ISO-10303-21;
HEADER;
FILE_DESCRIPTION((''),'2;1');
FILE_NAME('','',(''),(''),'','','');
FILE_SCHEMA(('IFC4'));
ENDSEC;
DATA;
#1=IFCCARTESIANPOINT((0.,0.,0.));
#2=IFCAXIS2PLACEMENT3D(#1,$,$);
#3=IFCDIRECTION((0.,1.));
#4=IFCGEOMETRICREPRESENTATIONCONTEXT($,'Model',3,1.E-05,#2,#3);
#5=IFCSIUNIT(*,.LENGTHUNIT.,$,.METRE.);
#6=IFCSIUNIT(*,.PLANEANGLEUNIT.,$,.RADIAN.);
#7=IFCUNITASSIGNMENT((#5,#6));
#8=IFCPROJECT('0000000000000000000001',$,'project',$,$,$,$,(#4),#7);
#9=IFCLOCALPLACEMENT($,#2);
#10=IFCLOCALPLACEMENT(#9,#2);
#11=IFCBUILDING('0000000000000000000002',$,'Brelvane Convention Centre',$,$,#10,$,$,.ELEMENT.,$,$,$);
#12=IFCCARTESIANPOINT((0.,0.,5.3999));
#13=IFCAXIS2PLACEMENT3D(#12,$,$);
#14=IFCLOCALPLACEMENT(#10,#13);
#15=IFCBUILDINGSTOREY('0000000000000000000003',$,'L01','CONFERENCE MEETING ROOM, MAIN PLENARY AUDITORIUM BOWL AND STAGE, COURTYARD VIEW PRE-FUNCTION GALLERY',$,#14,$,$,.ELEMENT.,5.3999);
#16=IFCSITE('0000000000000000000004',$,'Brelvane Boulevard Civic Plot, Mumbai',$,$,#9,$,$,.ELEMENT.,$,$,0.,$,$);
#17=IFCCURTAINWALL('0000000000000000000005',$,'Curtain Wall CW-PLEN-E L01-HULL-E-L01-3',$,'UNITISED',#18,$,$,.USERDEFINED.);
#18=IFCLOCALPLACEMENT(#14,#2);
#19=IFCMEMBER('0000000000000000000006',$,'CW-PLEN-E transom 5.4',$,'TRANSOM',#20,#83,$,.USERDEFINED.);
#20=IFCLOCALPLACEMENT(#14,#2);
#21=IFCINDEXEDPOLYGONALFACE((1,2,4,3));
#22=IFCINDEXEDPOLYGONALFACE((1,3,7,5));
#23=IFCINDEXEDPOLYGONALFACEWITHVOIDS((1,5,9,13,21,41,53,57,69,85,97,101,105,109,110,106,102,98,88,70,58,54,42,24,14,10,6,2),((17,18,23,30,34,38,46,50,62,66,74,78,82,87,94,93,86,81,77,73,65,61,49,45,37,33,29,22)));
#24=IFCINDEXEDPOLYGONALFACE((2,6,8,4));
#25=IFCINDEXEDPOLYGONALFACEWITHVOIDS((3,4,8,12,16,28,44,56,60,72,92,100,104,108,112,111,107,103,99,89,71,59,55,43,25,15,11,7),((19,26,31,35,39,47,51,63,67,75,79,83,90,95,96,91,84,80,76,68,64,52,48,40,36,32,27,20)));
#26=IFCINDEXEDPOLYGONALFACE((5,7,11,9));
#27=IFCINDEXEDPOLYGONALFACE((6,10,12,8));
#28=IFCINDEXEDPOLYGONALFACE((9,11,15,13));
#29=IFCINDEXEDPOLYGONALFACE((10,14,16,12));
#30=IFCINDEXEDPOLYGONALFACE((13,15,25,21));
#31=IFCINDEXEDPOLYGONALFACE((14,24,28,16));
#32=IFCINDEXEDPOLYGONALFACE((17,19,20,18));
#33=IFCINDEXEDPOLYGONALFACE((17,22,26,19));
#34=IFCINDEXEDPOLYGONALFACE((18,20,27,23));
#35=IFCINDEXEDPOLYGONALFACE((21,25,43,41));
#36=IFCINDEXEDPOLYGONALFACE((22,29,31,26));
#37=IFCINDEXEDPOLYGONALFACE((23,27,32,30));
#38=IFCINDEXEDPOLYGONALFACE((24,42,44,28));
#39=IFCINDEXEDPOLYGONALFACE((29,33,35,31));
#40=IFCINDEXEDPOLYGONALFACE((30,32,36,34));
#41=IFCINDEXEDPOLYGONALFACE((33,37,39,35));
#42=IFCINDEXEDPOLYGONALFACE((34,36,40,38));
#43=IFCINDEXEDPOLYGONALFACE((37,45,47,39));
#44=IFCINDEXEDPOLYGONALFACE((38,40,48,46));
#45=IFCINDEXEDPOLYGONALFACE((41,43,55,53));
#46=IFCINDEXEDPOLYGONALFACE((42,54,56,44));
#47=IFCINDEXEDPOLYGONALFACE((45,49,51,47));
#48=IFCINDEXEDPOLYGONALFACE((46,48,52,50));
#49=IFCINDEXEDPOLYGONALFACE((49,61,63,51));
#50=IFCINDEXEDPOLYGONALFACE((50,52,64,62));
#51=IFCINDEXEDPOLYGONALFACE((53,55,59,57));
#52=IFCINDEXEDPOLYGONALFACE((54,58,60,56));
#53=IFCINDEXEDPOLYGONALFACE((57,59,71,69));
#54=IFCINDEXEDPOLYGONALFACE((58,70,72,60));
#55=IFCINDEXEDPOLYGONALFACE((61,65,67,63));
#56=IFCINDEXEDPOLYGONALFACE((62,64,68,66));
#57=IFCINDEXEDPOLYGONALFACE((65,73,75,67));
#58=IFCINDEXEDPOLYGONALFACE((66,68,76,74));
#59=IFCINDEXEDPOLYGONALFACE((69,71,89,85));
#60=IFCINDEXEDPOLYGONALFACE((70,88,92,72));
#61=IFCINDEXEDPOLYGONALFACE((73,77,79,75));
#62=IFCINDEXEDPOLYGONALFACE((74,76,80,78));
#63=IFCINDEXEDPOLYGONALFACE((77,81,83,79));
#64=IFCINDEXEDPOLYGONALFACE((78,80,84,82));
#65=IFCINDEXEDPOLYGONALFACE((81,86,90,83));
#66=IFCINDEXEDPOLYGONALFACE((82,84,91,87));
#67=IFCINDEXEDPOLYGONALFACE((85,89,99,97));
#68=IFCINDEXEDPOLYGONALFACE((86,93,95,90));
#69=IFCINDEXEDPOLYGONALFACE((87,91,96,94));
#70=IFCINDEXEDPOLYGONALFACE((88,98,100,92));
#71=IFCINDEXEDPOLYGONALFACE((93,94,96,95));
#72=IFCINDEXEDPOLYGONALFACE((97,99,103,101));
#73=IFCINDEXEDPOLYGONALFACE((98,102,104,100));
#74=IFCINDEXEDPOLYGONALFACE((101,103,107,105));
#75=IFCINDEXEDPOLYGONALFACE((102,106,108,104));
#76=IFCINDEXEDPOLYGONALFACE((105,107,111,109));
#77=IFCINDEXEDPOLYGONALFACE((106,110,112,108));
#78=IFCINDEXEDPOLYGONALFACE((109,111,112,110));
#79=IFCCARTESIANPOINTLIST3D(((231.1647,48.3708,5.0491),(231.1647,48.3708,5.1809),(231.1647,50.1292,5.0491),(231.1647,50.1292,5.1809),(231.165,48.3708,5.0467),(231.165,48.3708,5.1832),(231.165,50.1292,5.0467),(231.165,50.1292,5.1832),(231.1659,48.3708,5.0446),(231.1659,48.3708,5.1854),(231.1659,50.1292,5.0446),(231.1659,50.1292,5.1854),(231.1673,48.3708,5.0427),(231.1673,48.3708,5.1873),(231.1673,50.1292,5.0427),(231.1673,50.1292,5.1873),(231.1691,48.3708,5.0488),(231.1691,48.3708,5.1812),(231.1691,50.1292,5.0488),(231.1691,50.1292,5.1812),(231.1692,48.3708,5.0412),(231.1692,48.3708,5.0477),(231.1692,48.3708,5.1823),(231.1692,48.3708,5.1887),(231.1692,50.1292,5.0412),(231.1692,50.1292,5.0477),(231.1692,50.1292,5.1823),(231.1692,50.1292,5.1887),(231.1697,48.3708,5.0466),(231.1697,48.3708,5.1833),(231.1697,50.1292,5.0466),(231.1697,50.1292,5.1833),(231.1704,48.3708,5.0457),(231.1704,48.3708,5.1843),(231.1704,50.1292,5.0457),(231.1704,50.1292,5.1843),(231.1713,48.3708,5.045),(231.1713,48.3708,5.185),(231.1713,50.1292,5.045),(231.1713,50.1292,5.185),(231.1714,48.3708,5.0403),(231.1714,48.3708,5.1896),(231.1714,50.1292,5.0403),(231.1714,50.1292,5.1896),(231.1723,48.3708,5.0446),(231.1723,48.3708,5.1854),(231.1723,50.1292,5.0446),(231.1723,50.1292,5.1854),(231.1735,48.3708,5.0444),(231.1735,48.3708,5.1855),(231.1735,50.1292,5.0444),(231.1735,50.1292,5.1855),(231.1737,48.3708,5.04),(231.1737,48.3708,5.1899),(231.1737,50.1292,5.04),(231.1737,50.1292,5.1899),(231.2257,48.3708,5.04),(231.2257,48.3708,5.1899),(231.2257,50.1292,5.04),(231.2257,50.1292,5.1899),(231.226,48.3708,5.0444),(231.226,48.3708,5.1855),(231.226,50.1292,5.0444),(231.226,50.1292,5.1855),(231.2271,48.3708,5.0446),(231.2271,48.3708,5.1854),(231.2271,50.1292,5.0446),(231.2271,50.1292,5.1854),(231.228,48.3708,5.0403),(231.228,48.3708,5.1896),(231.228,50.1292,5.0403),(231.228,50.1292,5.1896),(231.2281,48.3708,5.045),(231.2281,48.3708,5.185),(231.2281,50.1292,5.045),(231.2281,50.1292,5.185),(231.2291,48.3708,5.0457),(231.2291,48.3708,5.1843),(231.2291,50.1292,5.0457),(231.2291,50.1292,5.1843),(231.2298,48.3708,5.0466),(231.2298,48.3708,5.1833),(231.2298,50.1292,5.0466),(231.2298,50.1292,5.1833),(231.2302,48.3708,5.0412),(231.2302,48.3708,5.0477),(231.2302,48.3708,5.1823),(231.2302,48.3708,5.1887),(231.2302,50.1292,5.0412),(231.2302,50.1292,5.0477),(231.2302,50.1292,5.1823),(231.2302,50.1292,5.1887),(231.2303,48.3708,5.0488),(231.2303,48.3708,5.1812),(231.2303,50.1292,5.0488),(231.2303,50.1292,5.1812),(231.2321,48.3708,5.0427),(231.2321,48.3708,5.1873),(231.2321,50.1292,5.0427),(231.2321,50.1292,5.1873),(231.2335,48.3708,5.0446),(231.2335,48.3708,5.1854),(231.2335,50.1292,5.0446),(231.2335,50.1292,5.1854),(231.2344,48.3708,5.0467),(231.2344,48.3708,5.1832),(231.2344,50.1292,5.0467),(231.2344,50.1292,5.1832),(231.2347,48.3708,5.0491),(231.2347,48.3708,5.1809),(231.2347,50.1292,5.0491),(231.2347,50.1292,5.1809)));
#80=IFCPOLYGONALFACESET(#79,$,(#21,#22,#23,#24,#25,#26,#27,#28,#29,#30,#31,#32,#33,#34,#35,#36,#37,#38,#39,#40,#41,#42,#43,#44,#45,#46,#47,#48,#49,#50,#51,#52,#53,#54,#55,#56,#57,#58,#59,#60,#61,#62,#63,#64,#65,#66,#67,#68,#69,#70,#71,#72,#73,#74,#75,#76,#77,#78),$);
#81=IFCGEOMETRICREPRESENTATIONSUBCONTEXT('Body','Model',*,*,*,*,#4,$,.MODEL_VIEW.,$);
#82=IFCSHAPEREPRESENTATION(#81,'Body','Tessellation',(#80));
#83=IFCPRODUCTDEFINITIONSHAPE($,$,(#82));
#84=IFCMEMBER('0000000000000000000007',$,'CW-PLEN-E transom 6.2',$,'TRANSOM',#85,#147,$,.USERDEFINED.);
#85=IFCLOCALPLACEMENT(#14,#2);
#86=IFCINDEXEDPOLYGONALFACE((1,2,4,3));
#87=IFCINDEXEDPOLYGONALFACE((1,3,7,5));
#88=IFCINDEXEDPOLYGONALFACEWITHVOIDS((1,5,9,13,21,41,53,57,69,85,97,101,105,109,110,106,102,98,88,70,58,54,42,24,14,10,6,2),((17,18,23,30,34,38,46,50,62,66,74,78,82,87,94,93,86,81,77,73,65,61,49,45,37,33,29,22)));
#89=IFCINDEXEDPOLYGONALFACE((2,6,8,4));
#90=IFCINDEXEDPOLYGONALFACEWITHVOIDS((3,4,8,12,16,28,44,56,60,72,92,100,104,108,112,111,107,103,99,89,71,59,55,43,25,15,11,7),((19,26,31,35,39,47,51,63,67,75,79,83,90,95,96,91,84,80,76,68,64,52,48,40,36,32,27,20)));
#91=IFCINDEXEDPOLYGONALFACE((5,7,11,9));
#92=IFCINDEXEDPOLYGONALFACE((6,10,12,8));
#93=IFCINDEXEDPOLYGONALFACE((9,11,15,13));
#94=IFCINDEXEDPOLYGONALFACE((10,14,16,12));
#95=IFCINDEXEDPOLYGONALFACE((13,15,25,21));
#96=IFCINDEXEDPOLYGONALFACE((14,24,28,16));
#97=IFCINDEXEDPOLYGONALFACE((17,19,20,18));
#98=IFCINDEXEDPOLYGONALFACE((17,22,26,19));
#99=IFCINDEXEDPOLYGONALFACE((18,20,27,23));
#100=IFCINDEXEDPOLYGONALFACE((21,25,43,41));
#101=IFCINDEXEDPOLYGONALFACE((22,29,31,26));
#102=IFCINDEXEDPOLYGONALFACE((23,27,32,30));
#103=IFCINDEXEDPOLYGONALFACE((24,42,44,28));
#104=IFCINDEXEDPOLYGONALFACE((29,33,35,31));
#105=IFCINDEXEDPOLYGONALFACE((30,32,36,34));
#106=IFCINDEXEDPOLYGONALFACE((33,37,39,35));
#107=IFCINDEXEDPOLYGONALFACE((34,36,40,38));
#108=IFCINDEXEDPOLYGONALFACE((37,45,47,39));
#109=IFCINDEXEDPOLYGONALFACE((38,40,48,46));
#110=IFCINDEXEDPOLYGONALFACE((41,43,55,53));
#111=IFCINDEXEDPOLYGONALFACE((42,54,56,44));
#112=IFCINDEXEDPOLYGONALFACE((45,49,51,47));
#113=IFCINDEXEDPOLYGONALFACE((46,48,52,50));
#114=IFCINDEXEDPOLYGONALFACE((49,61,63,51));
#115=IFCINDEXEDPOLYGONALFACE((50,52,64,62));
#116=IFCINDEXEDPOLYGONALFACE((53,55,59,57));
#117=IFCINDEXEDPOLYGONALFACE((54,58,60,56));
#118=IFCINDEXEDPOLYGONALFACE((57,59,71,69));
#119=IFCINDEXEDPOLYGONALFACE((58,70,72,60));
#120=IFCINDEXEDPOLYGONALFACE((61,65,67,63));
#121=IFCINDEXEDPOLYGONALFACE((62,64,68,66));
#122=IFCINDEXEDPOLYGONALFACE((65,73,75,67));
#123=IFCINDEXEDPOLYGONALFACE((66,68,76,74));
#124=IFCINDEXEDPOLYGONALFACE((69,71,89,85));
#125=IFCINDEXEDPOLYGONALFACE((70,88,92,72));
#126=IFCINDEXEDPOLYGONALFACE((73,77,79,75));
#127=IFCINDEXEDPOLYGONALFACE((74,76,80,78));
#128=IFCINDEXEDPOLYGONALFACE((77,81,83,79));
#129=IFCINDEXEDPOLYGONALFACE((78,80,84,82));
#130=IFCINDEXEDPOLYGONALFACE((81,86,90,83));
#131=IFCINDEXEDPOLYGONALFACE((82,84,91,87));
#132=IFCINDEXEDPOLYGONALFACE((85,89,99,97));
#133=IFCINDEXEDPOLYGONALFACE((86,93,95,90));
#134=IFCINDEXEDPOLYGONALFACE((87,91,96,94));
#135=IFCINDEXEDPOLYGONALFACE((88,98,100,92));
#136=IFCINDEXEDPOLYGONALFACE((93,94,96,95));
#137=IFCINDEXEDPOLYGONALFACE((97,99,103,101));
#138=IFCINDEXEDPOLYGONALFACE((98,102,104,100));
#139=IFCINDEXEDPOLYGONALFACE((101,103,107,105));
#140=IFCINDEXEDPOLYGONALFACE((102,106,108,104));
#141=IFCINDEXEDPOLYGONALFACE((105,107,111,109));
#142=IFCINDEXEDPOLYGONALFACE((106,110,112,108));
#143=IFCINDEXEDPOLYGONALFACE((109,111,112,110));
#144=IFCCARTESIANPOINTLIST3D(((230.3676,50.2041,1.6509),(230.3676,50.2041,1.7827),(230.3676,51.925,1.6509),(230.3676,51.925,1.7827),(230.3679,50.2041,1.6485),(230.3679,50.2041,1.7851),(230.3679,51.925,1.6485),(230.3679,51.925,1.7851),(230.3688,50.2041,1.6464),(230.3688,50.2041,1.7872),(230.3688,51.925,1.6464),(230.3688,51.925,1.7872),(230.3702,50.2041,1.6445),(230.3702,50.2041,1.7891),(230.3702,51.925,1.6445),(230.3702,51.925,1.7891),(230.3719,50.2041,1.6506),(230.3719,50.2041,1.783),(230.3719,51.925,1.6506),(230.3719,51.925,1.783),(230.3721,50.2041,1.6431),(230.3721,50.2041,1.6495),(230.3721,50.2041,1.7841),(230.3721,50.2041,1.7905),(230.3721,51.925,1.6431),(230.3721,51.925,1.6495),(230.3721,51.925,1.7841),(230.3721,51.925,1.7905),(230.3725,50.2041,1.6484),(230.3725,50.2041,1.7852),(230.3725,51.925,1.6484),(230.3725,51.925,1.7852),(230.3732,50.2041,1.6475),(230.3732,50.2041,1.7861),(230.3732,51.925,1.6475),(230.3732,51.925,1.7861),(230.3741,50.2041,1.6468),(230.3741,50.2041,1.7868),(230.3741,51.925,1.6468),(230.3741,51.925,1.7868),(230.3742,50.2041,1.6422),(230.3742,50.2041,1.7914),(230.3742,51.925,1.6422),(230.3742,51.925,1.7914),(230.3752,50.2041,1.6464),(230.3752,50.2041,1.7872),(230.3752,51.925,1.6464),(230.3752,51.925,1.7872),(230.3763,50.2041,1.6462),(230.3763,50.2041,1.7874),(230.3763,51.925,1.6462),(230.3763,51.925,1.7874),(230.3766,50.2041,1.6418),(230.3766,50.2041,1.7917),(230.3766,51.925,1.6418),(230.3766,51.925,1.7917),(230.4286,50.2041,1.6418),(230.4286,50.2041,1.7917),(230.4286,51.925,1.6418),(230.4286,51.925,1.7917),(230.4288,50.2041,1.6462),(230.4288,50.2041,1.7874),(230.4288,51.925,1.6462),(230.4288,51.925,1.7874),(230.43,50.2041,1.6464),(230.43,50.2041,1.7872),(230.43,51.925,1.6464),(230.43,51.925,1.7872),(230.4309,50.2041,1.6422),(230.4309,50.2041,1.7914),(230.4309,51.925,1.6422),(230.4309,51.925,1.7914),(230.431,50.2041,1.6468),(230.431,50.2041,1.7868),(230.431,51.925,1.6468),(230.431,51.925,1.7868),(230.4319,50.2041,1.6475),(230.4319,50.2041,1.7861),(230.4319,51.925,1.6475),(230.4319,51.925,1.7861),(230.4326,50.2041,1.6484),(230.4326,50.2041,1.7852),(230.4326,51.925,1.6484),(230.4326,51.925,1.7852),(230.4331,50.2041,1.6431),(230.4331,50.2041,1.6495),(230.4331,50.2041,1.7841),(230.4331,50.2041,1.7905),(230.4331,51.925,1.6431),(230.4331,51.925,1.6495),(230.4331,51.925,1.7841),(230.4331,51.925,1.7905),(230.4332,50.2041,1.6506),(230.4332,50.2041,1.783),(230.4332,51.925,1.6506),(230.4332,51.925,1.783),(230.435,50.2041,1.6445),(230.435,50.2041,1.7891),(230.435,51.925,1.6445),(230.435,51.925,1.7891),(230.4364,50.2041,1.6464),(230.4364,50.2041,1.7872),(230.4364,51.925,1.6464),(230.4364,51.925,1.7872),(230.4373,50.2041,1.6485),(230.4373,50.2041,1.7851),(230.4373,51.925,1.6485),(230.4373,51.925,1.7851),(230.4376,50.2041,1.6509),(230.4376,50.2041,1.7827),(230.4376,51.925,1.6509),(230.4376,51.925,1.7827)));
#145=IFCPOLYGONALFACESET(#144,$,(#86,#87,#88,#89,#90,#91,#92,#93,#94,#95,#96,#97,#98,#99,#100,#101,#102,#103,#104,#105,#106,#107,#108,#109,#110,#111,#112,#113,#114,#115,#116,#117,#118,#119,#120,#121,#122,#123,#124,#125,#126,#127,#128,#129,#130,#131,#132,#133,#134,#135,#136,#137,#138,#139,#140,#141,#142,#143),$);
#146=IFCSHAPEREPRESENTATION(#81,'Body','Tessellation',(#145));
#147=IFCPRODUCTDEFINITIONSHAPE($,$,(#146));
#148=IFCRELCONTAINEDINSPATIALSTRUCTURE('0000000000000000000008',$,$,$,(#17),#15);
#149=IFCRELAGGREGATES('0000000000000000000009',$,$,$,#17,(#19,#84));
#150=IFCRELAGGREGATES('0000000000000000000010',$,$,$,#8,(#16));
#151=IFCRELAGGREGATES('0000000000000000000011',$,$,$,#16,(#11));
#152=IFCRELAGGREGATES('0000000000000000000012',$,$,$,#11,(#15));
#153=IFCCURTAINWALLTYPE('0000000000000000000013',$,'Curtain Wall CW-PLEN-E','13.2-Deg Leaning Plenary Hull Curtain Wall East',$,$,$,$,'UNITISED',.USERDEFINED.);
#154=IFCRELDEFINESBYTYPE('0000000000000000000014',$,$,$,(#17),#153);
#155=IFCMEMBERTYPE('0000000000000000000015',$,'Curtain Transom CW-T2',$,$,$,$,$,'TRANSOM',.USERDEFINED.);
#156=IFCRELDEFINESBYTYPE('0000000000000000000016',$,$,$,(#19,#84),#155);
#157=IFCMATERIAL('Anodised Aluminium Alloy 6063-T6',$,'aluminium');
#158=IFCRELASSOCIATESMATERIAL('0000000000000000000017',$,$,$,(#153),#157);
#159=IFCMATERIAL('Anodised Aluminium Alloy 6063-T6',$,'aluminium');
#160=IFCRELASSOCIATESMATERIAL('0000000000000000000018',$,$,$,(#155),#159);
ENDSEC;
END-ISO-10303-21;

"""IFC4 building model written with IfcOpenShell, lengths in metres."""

from ifc_helpers import new_model, si_unit, direction, frame, origin, origin_2d, place, context, subcontext, project, spatial, hollow_rectangle, extrude, material, material_profile, profile_set, type_object, element, aggregate, save


model = new_model("IFC4")

# Units and contexts
model_context = context("Model", 3, precision=1e-05, world=origin(), true_north=direction((0.0, 1.0)))
body_context = subcontext(model_context, "Body", "Model", "MODEL_VIEW")
ifc_project = project(units=[si_unit("LENGTHUNIT", "METRE"), si_unit("PLANEANGLEUNIT", "RADIAN")], contexts=[model_context])

# Site, building, storey
site_placement = place(None, origin())
site = spatial("IfcSite", under=ifc_project, at=site_placement, Name="Brelvane Boulevard Civic Plot, Mumbai", CompositionType="ELEMENT", RefElevation=0.0)
building_placement = place(site_placement, origin())
building = spatial("IfcBuilding", under=site, at=building_placement, Name="Brelvane Convention Centre", CompositionType="ELEMENT")
storey_placement = place(building_placement, frame((0.0, 0.0, 5.3999)))
storey = spatial("IfcBuildingStorey", under=building, at=storey_placement, Name="L01", Description="CONFERENCE MEETING ROOM, MAIN PLENARY AUDITORIUM BOWL AND STAGE, COURTYARD VIEW PRE-FUNCTION GALLERY", CompositionType="ELEMENT", Elevation=5.3999)

# Curtain wall, members
ifc_material_1 = material(Name="Anodised Aluminium Alloy 6063-T6", Category="aluminium")
curtain_wall_type = type_object("IfcCurtainWallType", Name="Curtain Wall CW-PLEN-E", Description="13.2-Deg Leaning Plenary Hull Curtain Wall East", ElementType="UNITISED", PredefinedType="USERDEFINED", material=ifc_material_1)
curtain_wall_placement = place(storey_placement, origin())
curtain_wall = element("IfcCurtainWall", 1, at=curtain_wall_placement, inside=storey, type_object=curtain_wall_type, Name="Curtain Wall CW-PLEN-E L01-HULL-E-L01-3", ObjectType="UNITISED", PredefinedType="USERDEFINED")
ifc_material_2 = material(Name="Anodised Aluminium Alloy 6063-T6", Category="aluminium")
ifc_material_profile = material_profile(ifc_material_2, hollow_rectangle(XDim=0.0701, YDim=0.1499, WallThickness=0.0044, InnerFilletRadius=0.0044, OuterFilletRadius=0.009, at=origin_2d()), Name="ALU-T 150x70x4.5")
ifc_profile_set = profile_set([ifc_material_profile], Name="Anodised Aluminium Alloy 6063-T6")
member_type = type_object("IfcMemberType", Name="Curtain Transom CW-T2", ElementType="TRANSOM", PredefinedType="USERDEFINED", material=ifc_profile_set)
member_1_placement = place(storey_placement, frame((231.1997, 48.3708, 5.115), z_axis=(0.0, 1.0, 0.0), x_axis=(-1.0, 0.0, 0.0)))
member_1 = element("IfcMember", 2, at=member_1_placement, type_object=member_type, Name="CW-PLEN-E transom 5.4", ObjectType="TRANSOM", PredefinedType="USERDEFINED", context=body_context, shape_type="SweptSolid", body=[
    extrude(hollow_rectangle(XDim=0.0701, YDim=0.1499, WallThickness=0.0044, InnerFilletRadius=0.0044, OuterFilletRadius=0.009, at=origin_2d()), origin(), (0.0, 0.0, 1.0), 1.7583),
])
member_2_placement = place(storey_placement, frame((230.4026, 50.2041, 1.7168), z_axis=(0.0, 1.0, 0.0), x_axis=(-1.0, 0.0, 0.0)))
member_2 = element("IfcMember", 3, at=member_2_placement, type_object=member_type, Name="CW-PLEN-E transom 6.2", ObjectType="TRANSOM", PredefinedType="USERDEFINED", context=body_context, shape_type="SweptSolid", body=[
    extrude(hollow_rectangle(XDim=0.0701, YDim=0.1499, WallThickness=0.0044, InnerFilletRadius=0.0044, OuterFilletRadius=0.009, at=origin_2d()), origin(), (0.0, 0.0, 1.0), 1.7209),
])
aggregate(curtain_wall, [member_1, member_2])

save(model, "model.ifc")
